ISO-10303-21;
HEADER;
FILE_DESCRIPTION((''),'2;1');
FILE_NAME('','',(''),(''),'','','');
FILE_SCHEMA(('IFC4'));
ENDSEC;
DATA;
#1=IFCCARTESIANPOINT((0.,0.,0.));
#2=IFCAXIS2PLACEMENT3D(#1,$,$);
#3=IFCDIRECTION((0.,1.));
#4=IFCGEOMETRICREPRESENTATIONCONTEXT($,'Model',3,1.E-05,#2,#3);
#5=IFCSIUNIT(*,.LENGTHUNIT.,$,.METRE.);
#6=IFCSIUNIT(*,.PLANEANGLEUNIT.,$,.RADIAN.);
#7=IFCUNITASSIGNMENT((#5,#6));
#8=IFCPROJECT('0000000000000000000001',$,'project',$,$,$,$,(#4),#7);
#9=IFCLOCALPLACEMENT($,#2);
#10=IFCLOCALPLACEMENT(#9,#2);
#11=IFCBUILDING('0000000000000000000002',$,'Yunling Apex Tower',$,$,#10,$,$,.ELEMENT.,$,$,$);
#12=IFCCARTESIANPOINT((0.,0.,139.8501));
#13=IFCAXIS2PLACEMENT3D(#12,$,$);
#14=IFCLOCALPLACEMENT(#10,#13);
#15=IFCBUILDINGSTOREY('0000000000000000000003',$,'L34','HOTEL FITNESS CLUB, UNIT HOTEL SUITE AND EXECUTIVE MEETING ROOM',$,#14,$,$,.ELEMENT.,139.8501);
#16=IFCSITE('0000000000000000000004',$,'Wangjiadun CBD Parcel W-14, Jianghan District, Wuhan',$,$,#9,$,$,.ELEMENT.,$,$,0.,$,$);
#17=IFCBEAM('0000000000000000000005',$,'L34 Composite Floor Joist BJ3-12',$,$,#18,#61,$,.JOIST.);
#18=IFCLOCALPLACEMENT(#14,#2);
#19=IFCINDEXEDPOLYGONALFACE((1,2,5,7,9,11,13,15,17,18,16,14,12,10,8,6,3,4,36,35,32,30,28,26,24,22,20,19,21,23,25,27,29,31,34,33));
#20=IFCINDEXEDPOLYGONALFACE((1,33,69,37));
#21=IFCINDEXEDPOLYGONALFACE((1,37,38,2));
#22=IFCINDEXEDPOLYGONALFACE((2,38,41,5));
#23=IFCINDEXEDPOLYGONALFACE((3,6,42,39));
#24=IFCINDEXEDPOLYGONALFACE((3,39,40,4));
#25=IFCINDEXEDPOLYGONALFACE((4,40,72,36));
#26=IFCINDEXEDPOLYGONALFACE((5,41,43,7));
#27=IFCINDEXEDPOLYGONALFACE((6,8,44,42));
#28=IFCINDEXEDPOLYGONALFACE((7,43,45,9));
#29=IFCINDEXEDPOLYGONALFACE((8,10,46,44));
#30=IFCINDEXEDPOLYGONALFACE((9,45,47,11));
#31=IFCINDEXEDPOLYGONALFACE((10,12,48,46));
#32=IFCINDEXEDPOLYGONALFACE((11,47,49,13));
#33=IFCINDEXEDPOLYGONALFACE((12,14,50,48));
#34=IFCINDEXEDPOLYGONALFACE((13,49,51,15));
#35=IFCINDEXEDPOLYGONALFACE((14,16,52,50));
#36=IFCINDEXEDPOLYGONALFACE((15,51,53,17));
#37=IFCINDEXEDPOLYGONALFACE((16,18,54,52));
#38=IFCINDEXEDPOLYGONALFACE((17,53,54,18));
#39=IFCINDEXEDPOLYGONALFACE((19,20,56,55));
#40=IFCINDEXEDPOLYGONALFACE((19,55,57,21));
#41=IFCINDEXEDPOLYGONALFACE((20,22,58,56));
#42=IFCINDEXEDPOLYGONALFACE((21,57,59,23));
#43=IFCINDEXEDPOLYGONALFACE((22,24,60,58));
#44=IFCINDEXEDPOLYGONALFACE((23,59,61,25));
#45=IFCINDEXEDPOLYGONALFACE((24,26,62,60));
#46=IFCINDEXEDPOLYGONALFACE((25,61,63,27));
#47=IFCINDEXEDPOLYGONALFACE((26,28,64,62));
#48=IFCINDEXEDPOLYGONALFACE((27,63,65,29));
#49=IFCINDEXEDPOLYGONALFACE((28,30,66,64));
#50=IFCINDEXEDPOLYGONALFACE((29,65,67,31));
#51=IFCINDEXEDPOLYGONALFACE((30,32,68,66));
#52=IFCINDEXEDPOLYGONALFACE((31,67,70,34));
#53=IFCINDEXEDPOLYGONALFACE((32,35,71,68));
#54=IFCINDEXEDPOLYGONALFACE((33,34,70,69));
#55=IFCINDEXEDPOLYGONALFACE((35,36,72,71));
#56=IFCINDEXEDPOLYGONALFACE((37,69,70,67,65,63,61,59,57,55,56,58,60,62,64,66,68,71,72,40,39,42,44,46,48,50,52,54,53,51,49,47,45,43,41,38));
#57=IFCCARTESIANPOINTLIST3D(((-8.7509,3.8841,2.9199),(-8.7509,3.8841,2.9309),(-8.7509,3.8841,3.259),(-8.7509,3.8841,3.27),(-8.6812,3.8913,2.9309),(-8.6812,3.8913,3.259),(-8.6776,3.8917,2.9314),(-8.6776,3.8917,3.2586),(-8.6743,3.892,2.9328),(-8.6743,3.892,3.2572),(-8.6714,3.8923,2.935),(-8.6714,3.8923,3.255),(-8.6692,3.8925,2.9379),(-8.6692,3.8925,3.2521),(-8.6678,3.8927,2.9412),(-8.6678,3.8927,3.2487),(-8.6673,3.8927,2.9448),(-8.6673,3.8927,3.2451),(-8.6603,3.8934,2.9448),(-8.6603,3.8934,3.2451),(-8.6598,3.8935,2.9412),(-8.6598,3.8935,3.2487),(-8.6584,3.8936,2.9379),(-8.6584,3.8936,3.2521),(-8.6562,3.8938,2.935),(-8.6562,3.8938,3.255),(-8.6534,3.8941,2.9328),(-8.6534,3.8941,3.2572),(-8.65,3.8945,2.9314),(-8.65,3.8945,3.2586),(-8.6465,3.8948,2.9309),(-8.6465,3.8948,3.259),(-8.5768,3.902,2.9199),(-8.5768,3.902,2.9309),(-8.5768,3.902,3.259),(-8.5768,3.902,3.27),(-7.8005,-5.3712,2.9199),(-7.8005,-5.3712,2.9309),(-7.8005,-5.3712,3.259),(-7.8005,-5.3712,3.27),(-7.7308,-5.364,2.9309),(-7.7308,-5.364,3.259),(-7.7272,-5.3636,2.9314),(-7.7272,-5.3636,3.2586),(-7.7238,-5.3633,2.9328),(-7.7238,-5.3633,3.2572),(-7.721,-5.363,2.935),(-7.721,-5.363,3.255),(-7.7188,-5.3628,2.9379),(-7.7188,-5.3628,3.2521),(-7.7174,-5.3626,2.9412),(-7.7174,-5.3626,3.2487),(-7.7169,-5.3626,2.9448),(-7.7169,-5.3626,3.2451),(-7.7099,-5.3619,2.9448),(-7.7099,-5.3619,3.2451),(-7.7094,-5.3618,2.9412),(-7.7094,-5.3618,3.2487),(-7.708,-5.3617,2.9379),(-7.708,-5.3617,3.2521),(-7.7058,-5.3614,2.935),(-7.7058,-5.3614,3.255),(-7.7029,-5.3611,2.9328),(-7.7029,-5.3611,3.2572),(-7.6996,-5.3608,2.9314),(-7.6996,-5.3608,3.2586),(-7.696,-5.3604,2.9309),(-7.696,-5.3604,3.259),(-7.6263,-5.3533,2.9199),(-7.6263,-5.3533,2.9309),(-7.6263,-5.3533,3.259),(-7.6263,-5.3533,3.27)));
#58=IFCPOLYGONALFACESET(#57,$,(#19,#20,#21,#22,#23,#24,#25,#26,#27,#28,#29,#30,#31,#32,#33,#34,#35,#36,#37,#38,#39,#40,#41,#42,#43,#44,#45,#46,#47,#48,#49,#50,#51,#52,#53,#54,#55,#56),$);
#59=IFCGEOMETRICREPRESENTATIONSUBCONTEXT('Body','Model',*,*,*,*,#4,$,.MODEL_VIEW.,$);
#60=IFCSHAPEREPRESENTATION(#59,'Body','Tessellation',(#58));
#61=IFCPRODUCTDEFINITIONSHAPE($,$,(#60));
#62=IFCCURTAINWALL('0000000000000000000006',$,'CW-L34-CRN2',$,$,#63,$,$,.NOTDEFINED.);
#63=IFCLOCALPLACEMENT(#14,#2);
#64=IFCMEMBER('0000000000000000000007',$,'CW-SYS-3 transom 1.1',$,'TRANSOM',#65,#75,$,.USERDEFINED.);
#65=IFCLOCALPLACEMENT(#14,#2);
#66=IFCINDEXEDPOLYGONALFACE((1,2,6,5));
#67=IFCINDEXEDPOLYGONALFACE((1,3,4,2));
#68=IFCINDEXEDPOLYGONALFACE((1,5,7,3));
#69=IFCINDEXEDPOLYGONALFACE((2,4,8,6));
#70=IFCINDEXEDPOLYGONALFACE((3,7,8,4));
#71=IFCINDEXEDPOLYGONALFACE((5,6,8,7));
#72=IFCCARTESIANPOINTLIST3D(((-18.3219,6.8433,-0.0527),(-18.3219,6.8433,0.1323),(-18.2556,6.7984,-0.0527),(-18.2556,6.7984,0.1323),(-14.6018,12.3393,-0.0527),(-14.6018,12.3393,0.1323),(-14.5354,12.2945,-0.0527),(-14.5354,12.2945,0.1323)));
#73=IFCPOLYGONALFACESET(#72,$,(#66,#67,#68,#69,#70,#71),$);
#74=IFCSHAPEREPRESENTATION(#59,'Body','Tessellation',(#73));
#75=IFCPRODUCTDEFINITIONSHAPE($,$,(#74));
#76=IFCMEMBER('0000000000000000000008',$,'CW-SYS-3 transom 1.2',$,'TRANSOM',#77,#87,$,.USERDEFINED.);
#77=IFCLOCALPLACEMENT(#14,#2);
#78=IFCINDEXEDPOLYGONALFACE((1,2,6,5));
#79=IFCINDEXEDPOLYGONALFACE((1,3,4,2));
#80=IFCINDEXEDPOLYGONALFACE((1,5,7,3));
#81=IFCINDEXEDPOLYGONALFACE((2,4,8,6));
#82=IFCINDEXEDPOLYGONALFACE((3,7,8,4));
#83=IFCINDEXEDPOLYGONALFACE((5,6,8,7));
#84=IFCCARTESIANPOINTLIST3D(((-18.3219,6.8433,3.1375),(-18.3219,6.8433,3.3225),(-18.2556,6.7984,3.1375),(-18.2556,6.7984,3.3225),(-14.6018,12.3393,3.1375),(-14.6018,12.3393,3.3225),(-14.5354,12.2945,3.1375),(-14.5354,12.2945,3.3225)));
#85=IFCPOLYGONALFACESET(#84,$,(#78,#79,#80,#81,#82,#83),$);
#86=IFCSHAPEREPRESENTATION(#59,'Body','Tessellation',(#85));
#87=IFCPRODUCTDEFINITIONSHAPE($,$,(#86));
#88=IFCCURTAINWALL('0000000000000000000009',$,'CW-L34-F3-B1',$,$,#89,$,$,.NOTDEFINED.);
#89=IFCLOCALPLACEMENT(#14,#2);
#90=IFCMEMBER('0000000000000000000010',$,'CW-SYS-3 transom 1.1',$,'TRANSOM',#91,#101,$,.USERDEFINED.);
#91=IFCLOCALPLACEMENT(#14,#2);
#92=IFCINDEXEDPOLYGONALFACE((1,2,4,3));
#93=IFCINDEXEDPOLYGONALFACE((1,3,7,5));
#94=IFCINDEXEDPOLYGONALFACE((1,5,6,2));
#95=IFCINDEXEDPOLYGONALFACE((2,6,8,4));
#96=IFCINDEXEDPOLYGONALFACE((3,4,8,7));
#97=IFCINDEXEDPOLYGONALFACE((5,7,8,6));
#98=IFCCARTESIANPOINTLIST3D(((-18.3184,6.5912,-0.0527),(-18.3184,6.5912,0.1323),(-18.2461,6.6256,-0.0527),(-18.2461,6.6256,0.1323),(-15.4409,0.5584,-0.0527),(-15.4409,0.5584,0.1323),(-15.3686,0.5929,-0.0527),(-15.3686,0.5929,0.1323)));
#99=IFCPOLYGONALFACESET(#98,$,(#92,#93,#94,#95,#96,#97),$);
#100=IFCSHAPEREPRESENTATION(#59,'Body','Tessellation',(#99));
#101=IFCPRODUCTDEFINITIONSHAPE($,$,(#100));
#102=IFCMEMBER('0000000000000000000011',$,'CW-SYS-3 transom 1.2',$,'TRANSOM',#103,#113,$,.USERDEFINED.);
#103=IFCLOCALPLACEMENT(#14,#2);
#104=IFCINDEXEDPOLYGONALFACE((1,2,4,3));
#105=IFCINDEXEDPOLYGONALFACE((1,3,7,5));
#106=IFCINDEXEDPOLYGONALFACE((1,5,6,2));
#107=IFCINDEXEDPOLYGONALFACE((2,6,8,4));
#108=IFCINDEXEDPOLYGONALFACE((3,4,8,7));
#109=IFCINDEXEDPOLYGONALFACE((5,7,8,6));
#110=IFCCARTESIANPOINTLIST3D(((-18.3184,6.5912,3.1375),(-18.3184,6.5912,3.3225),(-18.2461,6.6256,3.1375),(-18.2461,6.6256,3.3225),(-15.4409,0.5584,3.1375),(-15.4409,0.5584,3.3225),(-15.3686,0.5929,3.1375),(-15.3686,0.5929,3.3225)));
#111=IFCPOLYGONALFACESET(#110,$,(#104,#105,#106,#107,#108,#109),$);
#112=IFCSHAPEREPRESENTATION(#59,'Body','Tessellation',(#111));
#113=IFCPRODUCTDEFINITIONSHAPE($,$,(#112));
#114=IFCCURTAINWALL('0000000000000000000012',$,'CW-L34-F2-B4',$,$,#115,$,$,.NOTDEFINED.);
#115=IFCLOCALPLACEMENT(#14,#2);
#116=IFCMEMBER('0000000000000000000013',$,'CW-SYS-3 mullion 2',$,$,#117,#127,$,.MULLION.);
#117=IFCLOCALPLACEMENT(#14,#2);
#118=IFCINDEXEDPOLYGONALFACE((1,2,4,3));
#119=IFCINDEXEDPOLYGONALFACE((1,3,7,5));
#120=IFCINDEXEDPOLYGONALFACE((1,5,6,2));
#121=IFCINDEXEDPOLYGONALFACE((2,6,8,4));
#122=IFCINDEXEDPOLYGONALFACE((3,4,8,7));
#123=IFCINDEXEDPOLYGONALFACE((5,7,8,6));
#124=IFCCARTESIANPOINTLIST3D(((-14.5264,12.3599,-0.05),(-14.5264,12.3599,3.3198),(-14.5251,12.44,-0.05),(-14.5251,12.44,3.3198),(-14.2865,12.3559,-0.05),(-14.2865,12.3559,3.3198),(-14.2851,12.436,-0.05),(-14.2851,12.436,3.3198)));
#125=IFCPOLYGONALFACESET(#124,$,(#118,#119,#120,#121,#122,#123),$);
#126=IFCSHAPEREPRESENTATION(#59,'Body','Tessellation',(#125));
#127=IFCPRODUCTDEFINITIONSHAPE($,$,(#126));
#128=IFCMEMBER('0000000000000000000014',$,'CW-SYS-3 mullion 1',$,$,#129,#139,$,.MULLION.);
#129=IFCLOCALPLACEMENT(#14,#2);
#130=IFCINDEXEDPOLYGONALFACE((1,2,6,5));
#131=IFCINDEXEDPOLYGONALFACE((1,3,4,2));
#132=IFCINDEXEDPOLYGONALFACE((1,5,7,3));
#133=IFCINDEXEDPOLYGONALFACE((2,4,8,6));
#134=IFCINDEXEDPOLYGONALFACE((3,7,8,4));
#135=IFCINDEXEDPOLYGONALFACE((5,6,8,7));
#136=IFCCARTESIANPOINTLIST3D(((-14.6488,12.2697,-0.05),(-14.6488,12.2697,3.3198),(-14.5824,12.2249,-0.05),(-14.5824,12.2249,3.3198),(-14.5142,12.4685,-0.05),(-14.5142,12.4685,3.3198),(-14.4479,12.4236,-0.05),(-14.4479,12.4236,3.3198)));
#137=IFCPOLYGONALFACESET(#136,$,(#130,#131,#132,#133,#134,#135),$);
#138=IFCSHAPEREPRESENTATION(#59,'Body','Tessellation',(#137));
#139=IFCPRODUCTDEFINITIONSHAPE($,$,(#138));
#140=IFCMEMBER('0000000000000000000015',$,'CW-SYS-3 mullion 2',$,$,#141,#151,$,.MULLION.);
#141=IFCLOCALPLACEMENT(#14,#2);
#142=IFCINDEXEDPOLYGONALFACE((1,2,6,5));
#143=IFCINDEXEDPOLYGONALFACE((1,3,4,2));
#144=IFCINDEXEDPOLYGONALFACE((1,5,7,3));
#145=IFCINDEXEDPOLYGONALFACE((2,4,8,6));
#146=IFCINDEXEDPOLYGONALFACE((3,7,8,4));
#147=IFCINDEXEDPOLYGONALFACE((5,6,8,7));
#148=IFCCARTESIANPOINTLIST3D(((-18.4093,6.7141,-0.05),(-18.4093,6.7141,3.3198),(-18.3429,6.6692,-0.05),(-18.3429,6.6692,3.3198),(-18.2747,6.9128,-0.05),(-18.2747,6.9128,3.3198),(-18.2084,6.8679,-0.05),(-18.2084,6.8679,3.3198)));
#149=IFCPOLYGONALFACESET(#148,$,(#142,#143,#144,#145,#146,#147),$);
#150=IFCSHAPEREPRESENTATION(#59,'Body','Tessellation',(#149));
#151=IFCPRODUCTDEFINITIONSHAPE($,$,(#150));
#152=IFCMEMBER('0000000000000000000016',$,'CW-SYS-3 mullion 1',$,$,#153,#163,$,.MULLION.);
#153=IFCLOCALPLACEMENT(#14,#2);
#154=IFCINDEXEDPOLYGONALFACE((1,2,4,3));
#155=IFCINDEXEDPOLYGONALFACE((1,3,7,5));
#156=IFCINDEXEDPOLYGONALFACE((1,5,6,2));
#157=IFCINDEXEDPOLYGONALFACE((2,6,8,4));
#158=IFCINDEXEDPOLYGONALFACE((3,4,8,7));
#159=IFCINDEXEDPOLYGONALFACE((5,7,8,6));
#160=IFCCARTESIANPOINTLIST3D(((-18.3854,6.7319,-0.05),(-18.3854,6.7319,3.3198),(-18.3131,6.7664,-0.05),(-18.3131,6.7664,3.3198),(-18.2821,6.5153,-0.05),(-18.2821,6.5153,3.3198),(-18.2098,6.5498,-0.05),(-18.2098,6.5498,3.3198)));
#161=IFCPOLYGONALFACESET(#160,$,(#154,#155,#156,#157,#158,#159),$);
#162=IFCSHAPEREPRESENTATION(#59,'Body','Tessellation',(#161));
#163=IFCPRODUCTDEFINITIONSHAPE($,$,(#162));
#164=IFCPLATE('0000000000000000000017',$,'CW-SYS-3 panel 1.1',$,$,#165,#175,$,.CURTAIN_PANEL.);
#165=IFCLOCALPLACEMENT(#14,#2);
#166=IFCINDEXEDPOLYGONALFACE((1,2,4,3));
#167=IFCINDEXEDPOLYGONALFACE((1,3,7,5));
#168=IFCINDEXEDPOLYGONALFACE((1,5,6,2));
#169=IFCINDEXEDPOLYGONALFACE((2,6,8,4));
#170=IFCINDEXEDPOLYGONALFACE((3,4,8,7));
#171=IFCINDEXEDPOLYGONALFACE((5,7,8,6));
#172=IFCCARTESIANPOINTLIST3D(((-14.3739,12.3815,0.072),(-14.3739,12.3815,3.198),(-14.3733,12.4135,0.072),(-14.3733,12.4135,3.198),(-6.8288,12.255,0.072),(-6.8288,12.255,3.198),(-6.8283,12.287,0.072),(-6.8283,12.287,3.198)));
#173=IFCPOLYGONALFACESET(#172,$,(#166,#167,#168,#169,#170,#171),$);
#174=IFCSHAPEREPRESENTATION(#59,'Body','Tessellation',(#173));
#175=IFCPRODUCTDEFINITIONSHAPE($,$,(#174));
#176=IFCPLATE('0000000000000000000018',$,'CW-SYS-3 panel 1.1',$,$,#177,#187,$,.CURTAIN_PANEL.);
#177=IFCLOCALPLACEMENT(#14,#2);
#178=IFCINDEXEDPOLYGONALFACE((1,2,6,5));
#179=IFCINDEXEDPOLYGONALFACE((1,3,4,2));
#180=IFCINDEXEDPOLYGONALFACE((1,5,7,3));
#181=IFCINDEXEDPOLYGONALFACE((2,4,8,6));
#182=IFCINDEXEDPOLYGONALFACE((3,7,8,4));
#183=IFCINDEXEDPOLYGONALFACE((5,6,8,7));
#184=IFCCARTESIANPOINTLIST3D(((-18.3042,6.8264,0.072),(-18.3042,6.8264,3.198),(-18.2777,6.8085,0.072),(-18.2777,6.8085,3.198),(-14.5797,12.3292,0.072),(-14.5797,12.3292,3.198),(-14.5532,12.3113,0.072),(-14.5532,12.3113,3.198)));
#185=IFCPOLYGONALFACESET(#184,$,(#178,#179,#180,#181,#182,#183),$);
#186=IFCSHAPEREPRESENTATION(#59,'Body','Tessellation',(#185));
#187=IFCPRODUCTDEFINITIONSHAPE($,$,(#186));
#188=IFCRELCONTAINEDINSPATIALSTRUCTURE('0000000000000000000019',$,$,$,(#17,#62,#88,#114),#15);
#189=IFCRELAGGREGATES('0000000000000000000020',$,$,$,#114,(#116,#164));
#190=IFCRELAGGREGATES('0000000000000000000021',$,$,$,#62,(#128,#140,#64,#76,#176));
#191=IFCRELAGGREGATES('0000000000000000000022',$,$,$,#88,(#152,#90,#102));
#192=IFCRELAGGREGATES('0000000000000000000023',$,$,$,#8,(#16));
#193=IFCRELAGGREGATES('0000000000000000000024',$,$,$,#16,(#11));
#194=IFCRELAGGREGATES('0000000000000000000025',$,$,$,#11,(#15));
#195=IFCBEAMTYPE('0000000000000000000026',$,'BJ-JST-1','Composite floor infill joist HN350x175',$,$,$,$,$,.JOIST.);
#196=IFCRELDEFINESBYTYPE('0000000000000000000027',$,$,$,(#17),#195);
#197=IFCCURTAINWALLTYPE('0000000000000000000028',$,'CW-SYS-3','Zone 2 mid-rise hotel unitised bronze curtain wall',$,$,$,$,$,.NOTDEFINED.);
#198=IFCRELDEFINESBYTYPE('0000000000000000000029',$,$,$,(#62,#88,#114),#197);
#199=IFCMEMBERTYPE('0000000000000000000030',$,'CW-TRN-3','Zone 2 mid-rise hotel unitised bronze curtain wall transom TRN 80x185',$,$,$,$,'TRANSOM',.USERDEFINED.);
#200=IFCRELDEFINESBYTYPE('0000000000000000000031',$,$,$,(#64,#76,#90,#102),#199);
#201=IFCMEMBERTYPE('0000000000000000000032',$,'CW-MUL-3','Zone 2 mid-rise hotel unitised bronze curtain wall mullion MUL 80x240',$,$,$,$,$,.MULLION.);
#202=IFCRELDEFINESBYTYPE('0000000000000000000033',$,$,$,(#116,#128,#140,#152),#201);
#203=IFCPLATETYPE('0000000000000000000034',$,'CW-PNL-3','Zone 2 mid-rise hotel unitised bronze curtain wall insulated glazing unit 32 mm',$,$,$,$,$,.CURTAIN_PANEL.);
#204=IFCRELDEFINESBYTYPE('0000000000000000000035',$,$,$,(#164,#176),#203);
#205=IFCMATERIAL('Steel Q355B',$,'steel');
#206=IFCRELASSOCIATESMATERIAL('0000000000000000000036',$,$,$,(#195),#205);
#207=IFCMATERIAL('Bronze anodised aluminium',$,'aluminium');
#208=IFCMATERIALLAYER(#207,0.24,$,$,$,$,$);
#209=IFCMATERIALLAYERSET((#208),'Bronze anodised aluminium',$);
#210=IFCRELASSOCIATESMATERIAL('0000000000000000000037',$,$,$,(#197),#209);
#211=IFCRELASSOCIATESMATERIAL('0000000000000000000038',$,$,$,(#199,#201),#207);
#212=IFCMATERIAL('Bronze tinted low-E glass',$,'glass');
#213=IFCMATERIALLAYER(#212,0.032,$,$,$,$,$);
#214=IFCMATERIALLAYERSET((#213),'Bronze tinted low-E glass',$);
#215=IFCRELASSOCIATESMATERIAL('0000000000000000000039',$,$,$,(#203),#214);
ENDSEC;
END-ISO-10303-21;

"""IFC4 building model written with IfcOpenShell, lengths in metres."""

from ifc_helpers import new_model, si_unit, direction, frame, origin, origin_2d, place, context, subcontext, project, spatial, rectangle, i_section, extrude, source, transform, mapped, material, layer, layer_set, material_profile, profile_set, type_object, element, aggregate, save


model = new_model("IFC4")

# Units and contexts
model_context = context("Model", 3, precision=1e-05, world=origin(), true_north=direction((0.0, 1.0)))
body_context = subcontext(model_context, "Body", "Model", "MODEL_VIEW")
ifc_project = project(units=[si_unit("LENGTHUNIT", "METRE"), si_unit("PLANEANGLEUNIT", "RADIAN")], contexts=[model_context])

# Site, building, storey
site_placement = place(None, origin())
site = spatial("IfcSite", under=ifc_project, at=site_placement, Name="Wangjiadun CBD Parcel W-14, Jianghan District, Wuhan", CompositionType="ELEMENT", RefElevation=0.0)
building_placement = place(site_placement, origin())
building = spatial("IfcBuilding", under=site, at=building_placement, Name="Yunling Apex Tower", CompositionType="ELEMENT")
storey_placement = place(building_placement, frame((0.0, 0.0, 139.8501)))
storey = spatial("IfcBuildingStorey", under=building, at=storey_placement, Name="L34", Description="HOTEL FITNESS CLUB, UNIT HOTEL SUITE AND EXECUTIVE MEETING ROOM", CompositionType="ELEMENT", Elevation=139.8501)

# Beam
ifc_material_1 = material(Name="Steel Q355B", Category="steel")
ifc_material_profile_1 = material_profile(ifc_material_1, i_section(OverallWidth=0.175, OverallDepth=0.3501, WebThickness=0.0071, FlangeThickness=0.011, FilletRadius=0.0139, at=origin_2d()))
ifc_profile_set_1 = profile_set([ifc_material_profile_1], Name="Steel Q355B")
beam_type_1 = type_object("IfcBeamType", Name="BJ-JST-1", Description="Composite floor infill joist HN350x175", PredefinedType="JOIST", material=ifc_profile_set_1)
shared_shape_1 = source(origin(), body_context, "Body", "SweptSolid", [
    extrude(i_section(OverallWidth=0.175, OverallDepth=0.3501, WebThickness=0.0071, FlangeThickness=0.011, FilletRadius=0.0139, at=origin_2d()), origin(), (0.0, 0.0, 1.0), 9.304),
])
beam_1_placement = place(storey_placement, frame((-8.6638, 3.8931, 3.095), z_axis=(0.102153, -0.994769, 0.0), x_axis=(0.994769, 0.102153, 0.0)))
element("IfcBeam", 1, at=beam_1_placement, inside=storey, type_object=beam_type_1, Name="L34 Composite Floor Joist BJ3-12", PredefinedType="JOIST", context=body_context, shape_type="MappedRepresentation", body=[
    mapped(shared_shape_1, transform((0.0, 0.0, 0.0), scale=1.0)),
])

# Curtain walls, members
ifc_material_2 = material(Name="Bronze anodised aluminium", Category="aluminium")
ifc_layer_1 = layer(ifc_material_2, 0.24)
ifc_layer_set_1 = layer_set([ifc_layer_1], Name="Bronze anodised aluminium")
curtain_wall_type = type_object("IfcCurtainWallType", Name="CW-SYS-3", Description="Zone 2 mid-rise hotel unitised bronze curtain wall", PredefinedType="NOTDEFINED", material=ifc_layer_set_1)
curtain_wall_1_placement = place(storey_placement, origin())
curtain_wall_1 = element("IfcCurtainWall", 2, at=curtain_wall_1_placement, inside=storey, type_object=curtain_wall_type, Name="CW-L34-CRN2", PredefinedType="NOTDEFINED")
ifc_material_profile_2 = material_profile(ifc_material_2, rectangle(XDim=0.0801, YDim=0.1851, at=origin_2d()))
ifc_profile_set_2 = profile_set([ifc_material_profile_2], Name="Bronze anodised aluminium")
member_type_1 = type_object("IfcMemberType", Name="CW-TRN-3", Description="Zone 2 mid-rise hotel unitised bronze curtain wall transom TRN 80x185", ElementType="TRANSOM", PredefinedType="USERDEFINED", material=ifc_profile_set_2)
shared_shape_2 = source(origin(), body_context, "Body", "SweptSolid", [
    extrude(rectangle(XDim=0.0801, YDim=0.1851, at=origin_2d()), origin(), (0.0, 0.0, 1.0), 6.6367),
])
member_1_placement = place(storey_placement, frame((-14.5686, 12.3169, 0.0398), z_axis=(-0.560544, -0.828125, 0.0), x_axis=(0.828125, -0.560544, 0.0)))
member_1 = element("IfcMember", 3, at=member_1_placement, type_object=member_type_1, Name="CW-SYS-3 transom 1.1", ObjectType="TRANSOM", PredefinedType="USERDEFINED", context=body_context, shape_type="MappedRepresentation", body=[
    mapped(shared_shape_2, transform((0.0, 0.0, 0.0), scale=1.0)),
])
member_2_placement = place(storey_placement, frame((-14.5686, 12.3169, 3.23), z_axis=(-0.560544, -0.828125, 0.0), x_axis=(0.828125, -0.560544, 0.0)))
member_2 = element("IfcMember", 4, at=member_2_placement, type_object=member_type_1, Name="CW-SYS-3 transom 1.2", ObjectType="TRANSOM", PredefinedType="USERDEFINED", context=body_context, shape_type="MappedRepresentation", body=[
    mapped(shared_shape_2, transform((0.0, 0.0, 0.0), scale=1.0)),
])
curtain_wall_2_placement = place(storey_placement, origin())
curtain_wall_2 = element("IfcCurtainWall", 5, at=curtain_wall_2_placement, inside=storey, type_object=curtain_wall_type, Name="CW-L34-F3-B1", PredefinedType="NOTDEFINED")
shared_shape_3 = source(origin(), body_context, "Body", "SweptSolid", [
    extrude(rectangle(XDim=0.0801, YDim=0.1851, at=origin_2d()), origin(), (0.0, 0.0, 1.0), 6.6838),
])
member_3_placement = place(storey_placement, frame((-18.2822, 6.6084, 0.0398), z_axis=(0.430509, -0.902586, 0.0), x_axis=(0.902586, 0.430509, 0.0)))
member_3 = element("IfcMember", 6, at=member_3_placement, type_object=member_type_1, Name="CW-SYS-3 transom 1.1", ObjectType="TRANSOM", PredefinedType="USERDEFINED", context=body_context, shape_type="MappedRepresentation", body=[
    mapped(shared_shape_3, transform((0.0, 0.0, 0.0), scale=1.0)),
])
member_4_placement = place(storey_placement, frame((-18.2822, 6.6084, 3.23), z_axis=(0.430509, -0.902586, 0.0), x_axis=(0.902586, 0.430509, 0.0)))
member_4 = element("IfcMember", 7, at=member_4_placement, type_object=member_type_1, Name="CW-SYS-3 transom 1.2", ObjectType="TRANSOM", PredefinedType="USERDEFINED", context=body_context, shape_type="MappedRepresentation", body=[
    mapped(shared_shape_3, transform((0.0, 0.0, 0.0), scale=1.0)),
])

# Curtain wall, member
curtain_wall_3_placement = place(storey_placement, origin())
curtain_wall_3 = element("IfcCurtainWall", 8, at=curtain_wall_3_placement, inside=storey, type_object=curtain_wall_type, Name="CW-L34-F2-B4", PredefinedType="NOTDEFINED")
ifc_material_profile_3 = material_profile(ifc_material_2, rectangle(XDim=0.0801, YDim=0.24, at=origin_2d()))
ifc_profile_set_3 = profile_set([ifc_material_profile_3], Name="Bronze anodised aluminium")
member_type_2 = type_object("IfcMemberType", Name="CW-MUL-3", Description="Zone 2 mid-rise hotel unitised bronze curtain wall mullion MUL 80x240", PredefinedType="MULLION", material=ifc_profile_set_3)
shared_shape_4 = source(origin(), body_context, "Body", "SweptSolid", [
    extrude(rectangle(XDim=0.0801, YDim=0.24, at=origin_2d()), origin(), (0.0, 0.0, 1.0), 3.3699),
])
member_5_placement = place(storey_placement, frame((-14.4058, 12.3979, -0.05), z_axis=(0.0, 0.0, 1.0), x_axis=(-0.016762, -0.99986, 0.0)))
member_5 = element("IfcMember", 9, at=member_5_placement, type_object=member_type_2, Name="CW-SYS-3 mullion 2", PredefinedType="MULLION", context=body_context, shape_type="MappedRepresentation", body=[
    mapped(shared_shape_4, transform((0.0, 0.0, 0.0), scale=1.0)),
])

# Members
member_6_placement = place(storey_placement, frame((-14.5483, 12.3467, -0.05), z_axis=(0.0, 0.0, 1.0), x_axis=(0.828139, -0.560523, 0.0)))
member_6 = element("IfcMember", 10, at=member_6_placement, type_object=member_type_2, Name="CW-SYS-3 mullion 1", PredefinedType="MULLION", context=body_context, shape_type="MappedRepresentation", body=[
    mapped(shared_shape_4, transform((0.0, 0.0, 0.0), scale=1.0)),
])
member_7_placement = place(storey_placement, frame((-18.3088, 6.791, -0.05), z_axis=(0.0, 0.0, 1.0), x_axis=(0.828139, -0.560523, 0.0)))
member_7 = element("IfcMember", 11, at=member_7_placement, type_object=member_type_2, Name="CW-SYS-3 mullion 2", PredefinedType="MULLION", context=body_context, shape_type="MappedRepresentation", body=[
    mapped(shared_shape_4, transform((0.0, 0.0, 0.0), scale=1.0)),
])
member_8_placement = place(storey_placement, frame((-18.2976, 6.6409, -0.05), z_axis=(0.0, 0.0, 1.0), x_axis=(0.902588, 0.430506, 0.0)))
member_8 = element("IfcMember", 12, at=member_8_placement, type_object=member_type_2, Name="CW-SYS-3 mullion 1", PredefinedType="MULLION", context=body_context, shape_type="MappedRepresentation", body=[
    mapped(shared_shape_4, transform((0.0, 0.0, 0.0), scale=1.0)),
])

# Plates
ifc_material_3 = material(Name="Bronze tinted low-E glass", Category="glass")
ifc_layer_2 = layer(ifc_material_3, 0.032)
ifc_layer_set_2 = layer_set([ifc_layer_2], Name="Bronze tinted low-E glass")
plate_type = type_object("IfcPlateType", Name="CW-PNL-3", Description="Zone 2 mid-rise hotel unitised bronze curtain wall insulated glazing unit 32 mm", PredefinedType="CURTAIN_PANEL", material=ifc_layer_set_2)
shared_shape_5 = source(origin(), body_context, "Body", "SweptSolid", [
    extrude(rectangle(XDim=7.5461, YDim=0.032, at=origin_2d()), origin(), (0.0, 0.0, 1.0), 3.126),
])
plate_1_placement = place(storey_placement, frame((-10.6011, 12.3342, 0.072), z_axis=(0.0, 0.0, 1.0), x_axis=(-0.99986, 0.016762, 0.0)))
plate_1 = element("IfcPlate", 13, at=plate_1_placement, type_object=plate_type, Name="CW-SYS-3 panel 1.1", PredefinedType="CURTAIN_PANEL", context=body_context, shape_type="MappedRepresentation", body=[
    mapped(shared_shape_5, transform((0.0, 0.0, 0.0), scale=1.0)),
])
aggregate(curtain_wall_3, [member_5, plate_1])
shared_shape_6 = source(origin(), body_context, "Body", "SweptSolid", [
    extrude(rectangle(XDim=6.6448, YDim=0.032, at=origin_2d()), origin(), (0.0, 0.0, 1.0), 3.126),
])
plate_2_placement = place(storey_placement, frame((-16.4287, 9.5688, 0.072), z_axis=(0.0, 0.0, 1.0), x_axis=(-0.560523, -0.828139, 0.0)))
plate_2 = element("IfcPlate", 14, at=plate_2_placement, type_object=plate_type, Name="CW-SYS-3 panel 1.1", PredefinedType="CURTAIN_PANEL", context=body_context, shape_type="MappedRepresentation", body=[
    mapped(shared_shape_6, transform((0.0, 0.0, 0.0), scale=1.0)),
])
aggregate(curtain_wall_1, [member_6, member_7, member_1, member_2, plate_2])
aggregate(curtain_wall_2, [member_8, member_3, member_4])

save(model, "model.ifc")
